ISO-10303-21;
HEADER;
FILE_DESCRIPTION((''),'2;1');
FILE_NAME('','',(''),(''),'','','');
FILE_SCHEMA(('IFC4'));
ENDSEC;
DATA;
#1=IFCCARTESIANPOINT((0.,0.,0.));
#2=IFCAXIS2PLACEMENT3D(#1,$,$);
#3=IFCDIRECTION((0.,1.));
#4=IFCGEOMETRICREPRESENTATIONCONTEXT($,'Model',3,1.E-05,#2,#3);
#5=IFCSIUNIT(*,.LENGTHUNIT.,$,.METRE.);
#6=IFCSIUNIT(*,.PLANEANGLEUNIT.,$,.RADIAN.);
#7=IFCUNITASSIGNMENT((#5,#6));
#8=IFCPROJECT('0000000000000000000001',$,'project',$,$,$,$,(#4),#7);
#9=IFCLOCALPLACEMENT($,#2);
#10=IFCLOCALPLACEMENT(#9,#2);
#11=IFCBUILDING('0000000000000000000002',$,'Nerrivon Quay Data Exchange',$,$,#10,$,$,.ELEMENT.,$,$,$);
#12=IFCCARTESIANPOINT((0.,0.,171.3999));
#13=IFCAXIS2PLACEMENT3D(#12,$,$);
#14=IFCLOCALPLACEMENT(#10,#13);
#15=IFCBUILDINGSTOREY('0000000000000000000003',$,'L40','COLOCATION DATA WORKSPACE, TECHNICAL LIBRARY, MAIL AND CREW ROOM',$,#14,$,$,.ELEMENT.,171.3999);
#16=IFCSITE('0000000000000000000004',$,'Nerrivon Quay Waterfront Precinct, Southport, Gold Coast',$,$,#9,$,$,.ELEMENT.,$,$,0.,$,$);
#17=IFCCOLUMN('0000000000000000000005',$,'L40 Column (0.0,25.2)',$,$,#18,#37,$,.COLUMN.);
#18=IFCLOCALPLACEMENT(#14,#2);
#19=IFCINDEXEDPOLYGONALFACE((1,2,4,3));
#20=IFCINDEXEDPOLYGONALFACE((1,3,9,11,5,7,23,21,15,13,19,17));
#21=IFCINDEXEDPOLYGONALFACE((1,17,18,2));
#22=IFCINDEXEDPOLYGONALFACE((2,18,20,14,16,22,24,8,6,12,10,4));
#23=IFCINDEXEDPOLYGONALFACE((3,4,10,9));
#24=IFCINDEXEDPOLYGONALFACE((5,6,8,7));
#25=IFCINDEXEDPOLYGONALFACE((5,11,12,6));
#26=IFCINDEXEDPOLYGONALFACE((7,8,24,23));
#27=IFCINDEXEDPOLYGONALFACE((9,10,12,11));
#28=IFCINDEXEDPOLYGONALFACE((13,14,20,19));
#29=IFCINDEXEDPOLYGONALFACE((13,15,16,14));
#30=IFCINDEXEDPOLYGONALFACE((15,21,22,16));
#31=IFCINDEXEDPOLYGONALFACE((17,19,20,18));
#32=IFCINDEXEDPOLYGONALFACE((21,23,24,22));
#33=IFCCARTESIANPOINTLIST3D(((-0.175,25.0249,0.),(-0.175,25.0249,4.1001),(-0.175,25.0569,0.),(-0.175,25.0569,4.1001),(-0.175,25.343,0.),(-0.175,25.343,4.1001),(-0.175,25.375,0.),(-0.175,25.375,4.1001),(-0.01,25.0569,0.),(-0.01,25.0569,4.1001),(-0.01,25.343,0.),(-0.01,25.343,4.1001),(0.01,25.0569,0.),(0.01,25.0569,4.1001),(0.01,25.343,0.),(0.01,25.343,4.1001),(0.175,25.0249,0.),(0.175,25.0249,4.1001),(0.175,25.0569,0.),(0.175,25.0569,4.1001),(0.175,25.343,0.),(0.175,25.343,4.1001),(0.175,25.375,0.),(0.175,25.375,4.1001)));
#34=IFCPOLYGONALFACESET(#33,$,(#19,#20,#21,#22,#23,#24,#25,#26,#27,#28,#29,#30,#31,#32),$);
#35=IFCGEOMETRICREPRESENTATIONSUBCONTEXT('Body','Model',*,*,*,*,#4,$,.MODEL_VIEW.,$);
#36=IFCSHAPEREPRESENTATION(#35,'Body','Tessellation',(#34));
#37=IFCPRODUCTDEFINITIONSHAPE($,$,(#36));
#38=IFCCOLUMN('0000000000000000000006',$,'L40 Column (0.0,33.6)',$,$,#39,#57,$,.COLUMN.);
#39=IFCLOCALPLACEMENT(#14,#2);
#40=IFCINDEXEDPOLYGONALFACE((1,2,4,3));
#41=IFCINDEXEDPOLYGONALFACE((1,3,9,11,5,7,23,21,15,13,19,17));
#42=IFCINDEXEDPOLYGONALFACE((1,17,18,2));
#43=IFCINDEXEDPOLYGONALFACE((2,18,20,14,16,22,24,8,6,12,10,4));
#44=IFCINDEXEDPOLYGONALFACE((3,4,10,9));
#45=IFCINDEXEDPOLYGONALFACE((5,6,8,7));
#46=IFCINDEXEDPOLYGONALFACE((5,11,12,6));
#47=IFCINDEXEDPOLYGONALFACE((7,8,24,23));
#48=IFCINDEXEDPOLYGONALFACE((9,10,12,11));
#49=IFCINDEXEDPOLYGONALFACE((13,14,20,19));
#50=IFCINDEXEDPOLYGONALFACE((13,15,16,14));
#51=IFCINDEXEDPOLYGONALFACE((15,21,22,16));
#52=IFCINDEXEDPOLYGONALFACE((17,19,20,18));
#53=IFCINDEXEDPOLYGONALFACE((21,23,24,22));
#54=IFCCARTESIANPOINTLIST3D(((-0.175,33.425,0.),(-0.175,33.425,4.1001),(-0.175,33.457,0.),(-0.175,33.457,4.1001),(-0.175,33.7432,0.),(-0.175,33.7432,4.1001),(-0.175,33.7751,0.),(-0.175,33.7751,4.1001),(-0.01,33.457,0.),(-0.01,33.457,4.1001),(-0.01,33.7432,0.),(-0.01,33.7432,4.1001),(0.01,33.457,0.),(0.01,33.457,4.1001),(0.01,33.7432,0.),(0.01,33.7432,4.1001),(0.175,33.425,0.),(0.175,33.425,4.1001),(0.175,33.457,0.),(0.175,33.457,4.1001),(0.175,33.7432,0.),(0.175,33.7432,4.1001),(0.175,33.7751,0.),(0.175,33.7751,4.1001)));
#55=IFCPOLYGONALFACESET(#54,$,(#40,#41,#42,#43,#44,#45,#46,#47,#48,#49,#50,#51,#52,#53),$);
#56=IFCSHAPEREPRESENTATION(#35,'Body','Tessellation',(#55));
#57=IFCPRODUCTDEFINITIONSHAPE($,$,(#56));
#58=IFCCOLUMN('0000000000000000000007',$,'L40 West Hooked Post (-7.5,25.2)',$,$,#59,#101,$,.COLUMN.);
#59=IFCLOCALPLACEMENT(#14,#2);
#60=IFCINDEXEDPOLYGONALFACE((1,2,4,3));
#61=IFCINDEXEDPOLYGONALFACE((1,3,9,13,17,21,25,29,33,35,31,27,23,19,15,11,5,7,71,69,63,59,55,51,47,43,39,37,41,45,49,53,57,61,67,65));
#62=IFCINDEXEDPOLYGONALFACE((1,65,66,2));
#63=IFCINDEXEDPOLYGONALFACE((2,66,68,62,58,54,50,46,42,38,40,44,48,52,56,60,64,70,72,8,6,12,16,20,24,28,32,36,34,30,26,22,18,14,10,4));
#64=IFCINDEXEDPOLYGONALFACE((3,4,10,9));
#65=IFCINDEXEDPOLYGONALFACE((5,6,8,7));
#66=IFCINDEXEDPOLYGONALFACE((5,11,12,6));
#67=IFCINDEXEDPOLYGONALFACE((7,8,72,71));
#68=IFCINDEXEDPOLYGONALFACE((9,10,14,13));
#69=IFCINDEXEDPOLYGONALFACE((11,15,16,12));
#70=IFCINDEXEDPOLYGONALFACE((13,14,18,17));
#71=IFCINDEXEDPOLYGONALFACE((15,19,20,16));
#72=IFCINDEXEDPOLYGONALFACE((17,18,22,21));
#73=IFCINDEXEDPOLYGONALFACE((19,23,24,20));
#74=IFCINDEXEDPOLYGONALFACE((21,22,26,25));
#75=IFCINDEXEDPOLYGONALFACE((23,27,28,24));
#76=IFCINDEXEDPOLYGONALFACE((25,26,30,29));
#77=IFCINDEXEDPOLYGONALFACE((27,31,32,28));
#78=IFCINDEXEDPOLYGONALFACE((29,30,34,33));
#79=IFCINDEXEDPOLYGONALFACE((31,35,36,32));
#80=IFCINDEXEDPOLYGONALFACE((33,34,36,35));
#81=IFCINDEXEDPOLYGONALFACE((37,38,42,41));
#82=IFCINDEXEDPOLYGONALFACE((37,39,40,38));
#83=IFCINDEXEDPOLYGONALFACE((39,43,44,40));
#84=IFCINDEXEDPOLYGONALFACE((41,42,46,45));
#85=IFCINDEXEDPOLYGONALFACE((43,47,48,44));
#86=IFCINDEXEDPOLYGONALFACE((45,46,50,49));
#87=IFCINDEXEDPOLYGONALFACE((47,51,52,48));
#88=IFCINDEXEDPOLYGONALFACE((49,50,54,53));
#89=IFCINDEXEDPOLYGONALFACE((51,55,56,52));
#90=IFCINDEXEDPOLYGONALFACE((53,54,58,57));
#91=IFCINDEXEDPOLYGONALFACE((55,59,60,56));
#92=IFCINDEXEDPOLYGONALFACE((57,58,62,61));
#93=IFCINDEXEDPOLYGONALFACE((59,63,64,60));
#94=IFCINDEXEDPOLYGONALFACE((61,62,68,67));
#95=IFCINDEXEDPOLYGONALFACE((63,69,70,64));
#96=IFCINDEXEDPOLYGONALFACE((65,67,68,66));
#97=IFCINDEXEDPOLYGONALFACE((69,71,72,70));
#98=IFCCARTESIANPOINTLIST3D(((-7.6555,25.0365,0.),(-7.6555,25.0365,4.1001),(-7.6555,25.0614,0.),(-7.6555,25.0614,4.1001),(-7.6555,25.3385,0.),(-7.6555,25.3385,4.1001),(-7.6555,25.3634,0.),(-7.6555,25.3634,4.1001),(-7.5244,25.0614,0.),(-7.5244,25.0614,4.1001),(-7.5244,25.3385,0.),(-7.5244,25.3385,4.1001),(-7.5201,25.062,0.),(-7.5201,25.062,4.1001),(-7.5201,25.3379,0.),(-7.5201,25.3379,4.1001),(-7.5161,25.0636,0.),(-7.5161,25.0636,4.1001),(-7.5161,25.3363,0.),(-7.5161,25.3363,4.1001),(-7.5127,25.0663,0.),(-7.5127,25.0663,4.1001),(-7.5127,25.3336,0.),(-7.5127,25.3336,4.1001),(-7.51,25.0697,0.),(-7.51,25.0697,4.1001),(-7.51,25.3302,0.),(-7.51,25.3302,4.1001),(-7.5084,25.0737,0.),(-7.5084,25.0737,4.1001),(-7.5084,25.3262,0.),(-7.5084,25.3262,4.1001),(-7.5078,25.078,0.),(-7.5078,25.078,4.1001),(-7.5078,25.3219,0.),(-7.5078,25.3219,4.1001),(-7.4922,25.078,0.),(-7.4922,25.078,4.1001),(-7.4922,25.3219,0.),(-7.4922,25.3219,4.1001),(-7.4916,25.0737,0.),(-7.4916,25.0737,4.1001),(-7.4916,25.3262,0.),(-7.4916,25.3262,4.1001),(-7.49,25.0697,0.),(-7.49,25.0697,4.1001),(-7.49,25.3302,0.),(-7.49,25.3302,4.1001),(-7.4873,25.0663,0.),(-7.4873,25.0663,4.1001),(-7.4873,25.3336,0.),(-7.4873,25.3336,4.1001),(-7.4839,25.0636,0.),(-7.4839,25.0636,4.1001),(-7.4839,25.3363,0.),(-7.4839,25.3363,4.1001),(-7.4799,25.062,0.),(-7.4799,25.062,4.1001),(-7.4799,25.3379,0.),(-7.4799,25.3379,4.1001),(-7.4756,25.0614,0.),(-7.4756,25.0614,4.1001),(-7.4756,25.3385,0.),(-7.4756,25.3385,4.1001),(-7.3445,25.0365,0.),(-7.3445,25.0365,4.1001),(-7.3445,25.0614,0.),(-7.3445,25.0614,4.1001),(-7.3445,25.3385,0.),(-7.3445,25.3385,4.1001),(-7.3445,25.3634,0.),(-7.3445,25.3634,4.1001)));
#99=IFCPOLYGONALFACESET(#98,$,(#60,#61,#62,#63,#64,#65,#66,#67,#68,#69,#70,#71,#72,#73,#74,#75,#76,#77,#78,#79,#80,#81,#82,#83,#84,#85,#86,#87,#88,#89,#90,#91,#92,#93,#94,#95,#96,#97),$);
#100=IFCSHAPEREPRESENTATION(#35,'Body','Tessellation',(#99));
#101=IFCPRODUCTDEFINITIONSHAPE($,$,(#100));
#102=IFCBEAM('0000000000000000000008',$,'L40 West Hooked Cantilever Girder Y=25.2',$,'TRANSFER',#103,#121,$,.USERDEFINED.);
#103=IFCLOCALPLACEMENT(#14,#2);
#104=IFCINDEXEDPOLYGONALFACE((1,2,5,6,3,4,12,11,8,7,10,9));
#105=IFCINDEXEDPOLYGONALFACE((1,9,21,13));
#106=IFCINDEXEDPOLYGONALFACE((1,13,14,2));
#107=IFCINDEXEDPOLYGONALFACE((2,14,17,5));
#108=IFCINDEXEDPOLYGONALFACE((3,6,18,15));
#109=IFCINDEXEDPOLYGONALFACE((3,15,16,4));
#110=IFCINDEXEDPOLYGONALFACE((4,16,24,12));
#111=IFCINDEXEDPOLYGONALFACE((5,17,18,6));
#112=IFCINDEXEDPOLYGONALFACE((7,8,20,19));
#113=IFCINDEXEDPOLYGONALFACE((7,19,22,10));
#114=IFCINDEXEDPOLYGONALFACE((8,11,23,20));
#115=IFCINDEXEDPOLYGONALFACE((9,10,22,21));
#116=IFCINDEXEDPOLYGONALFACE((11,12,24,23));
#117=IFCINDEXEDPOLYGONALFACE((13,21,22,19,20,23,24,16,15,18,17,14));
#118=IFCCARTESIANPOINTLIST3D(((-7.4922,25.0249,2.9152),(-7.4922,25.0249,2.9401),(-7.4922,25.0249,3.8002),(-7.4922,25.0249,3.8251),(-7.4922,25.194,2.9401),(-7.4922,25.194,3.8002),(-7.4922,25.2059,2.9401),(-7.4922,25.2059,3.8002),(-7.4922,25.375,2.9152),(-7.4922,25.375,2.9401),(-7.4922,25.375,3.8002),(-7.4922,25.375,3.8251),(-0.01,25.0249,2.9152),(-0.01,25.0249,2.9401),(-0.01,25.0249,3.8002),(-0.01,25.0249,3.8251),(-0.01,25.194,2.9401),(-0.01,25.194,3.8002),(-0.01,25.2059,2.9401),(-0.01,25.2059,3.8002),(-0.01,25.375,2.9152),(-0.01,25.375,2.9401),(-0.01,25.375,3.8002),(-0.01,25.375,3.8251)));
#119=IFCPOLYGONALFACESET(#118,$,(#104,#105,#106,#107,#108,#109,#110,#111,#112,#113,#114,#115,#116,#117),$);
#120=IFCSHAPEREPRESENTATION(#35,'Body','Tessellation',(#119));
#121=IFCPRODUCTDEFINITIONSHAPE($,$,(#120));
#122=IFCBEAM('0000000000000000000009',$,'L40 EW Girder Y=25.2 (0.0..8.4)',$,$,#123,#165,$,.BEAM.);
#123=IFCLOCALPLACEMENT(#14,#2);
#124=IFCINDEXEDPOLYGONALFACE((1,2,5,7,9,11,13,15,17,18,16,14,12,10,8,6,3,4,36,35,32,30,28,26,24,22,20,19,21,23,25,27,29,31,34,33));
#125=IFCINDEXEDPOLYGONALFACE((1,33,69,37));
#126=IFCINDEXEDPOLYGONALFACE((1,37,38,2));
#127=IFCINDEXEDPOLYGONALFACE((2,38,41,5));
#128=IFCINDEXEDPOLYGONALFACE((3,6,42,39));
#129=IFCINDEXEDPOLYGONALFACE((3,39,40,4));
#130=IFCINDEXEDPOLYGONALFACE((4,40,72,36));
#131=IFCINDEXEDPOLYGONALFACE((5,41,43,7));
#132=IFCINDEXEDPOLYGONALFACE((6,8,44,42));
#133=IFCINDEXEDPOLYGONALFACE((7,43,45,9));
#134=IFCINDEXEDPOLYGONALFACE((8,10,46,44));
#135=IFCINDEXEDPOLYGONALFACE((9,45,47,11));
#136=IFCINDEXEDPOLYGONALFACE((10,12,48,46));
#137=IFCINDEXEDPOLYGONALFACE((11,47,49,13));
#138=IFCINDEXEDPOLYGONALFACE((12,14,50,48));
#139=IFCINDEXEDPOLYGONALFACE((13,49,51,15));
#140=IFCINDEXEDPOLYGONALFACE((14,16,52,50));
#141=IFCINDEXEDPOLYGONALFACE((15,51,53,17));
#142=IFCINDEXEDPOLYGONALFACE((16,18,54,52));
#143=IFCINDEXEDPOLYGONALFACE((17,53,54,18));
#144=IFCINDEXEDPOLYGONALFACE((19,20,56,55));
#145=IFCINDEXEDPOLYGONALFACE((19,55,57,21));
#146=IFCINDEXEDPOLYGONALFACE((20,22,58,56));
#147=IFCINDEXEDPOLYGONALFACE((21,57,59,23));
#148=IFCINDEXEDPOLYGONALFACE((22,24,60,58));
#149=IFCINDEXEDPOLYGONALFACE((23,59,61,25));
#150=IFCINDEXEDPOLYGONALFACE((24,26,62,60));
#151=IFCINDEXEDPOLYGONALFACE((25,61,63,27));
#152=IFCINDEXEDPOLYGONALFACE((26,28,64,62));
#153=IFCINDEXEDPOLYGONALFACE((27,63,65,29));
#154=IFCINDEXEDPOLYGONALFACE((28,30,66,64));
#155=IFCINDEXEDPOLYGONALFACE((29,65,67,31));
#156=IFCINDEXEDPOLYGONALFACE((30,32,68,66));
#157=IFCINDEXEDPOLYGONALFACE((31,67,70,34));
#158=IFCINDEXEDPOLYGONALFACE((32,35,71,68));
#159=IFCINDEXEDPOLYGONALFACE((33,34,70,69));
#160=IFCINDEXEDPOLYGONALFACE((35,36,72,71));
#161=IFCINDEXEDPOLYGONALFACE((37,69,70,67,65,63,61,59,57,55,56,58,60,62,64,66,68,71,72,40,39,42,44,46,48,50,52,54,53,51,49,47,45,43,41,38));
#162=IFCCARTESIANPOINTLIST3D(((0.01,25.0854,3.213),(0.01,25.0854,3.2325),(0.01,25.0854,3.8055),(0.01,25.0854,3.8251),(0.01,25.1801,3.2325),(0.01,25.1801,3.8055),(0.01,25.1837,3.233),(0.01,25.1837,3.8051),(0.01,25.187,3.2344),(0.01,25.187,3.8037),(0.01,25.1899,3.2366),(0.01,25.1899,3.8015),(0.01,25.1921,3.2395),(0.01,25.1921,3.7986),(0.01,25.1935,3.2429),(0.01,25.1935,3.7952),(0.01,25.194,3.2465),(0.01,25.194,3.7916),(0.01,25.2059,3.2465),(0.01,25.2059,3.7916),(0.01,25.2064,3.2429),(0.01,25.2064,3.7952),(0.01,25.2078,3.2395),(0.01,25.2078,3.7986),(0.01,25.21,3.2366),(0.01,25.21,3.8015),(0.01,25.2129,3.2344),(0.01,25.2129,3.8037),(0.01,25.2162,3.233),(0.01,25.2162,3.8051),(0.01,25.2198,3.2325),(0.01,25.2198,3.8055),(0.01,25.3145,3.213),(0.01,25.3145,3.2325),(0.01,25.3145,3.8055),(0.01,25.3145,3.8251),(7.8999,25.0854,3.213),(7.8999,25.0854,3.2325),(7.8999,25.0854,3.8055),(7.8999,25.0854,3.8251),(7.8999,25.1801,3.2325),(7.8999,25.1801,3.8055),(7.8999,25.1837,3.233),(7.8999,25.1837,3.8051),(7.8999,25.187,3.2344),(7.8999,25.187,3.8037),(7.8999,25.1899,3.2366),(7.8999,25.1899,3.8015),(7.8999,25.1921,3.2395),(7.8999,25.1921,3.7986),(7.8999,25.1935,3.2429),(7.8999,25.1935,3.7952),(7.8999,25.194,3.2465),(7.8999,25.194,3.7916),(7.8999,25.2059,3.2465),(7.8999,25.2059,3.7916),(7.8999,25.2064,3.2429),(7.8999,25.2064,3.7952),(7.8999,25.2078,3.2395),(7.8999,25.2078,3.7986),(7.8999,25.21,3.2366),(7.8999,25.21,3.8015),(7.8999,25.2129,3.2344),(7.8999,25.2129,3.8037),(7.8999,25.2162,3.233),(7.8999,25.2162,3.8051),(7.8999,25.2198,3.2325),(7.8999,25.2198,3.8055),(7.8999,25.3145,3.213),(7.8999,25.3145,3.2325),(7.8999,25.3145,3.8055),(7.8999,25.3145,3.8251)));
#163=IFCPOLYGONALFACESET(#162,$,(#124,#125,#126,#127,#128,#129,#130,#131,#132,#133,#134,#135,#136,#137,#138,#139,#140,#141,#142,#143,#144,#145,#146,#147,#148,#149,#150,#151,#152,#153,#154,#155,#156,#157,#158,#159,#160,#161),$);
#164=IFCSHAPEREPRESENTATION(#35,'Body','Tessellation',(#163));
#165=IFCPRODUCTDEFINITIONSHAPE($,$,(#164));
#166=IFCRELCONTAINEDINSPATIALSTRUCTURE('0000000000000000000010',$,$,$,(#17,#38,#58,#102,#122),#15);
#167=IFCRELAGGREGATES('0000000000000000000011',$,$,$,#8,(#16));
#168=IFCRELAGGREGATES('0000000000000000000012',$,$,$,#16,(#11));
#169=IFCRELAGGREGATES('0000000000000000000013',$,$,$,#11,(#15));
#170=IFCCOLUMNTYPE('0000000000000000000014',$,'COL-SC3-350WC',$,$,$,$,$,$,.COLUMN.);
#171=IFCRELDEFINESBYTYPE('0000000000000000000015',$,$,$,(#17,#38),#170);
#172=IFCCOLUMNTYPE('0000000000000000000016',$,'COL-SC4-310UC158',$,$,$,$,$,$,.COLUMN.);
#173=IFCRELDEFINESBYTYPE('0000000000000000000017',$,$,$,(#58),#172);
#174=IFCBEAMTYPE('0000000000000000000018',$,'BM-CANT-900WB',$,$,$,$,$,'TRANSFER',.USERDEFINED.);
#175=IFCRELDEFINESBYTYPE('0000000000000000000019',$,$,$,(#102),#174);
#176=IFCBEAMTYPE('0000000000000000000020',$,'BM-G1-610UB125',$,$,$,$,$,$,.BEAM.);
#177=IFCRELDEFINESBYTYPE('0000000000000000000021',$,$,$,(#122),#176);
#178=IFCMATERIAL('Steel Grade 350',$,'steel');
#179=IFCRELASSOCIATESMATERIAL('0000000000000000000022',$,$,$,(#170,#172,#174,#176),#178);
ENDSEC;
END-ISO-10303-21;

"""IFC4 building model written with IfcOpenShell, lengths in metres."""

from ifc_helpers import new_model, si_unit, direction, frame, origin, origin_2d, place, context, subcontext, project, spatial, i_section, extrude, material, material_profile, profile_set, type_object, element, save


model = new_model("IFC4")

# Units and contexts
model_context = context("Model", 3, precision=1e-05, world=origin(), true_north=direction((0.0, 1.0)))
body_context = subcontext(model_context, "Body", "Model", "MODEL_VIEW")
ifc_project = project(units=[si_unit("LENGTHUNIT", "METRE"), si_unit("PLANEANGLEUNIT", "RADIAN")], contexts=[model_context])

# Site, building, storey
site_placement = place(None, origin())
site = spatial("IfcSite", under=ifc_project, at=site_placement, Name="Nerrivon Quay Waterfront Precinct, Southport, Gold Coast", CompositionType="ELEMENT", RefElevation=0.0)
building_placement = place(site_placement, origin())
building = spatial("IfcBuilding", under=site, at=building_placement, Name="Nerrivon Quay Data Exchange", CompositionType="ELEMENT")
storey_placement = place(building_placement, frame((0.0, 0.0, 171.3999)))
storey = spatial("IfcBuildingStorey", under=building, at=storey_placement, Name="L40", Description="COLOCATION DATA WORKSPACE, TECHNICAL LIBRARY, MAIL AND CREW ROOM", CompositionType="ELEMENT", Elevation=171.3999)

# Columns
ifc_material_1 = material(Name="Steel Grade 350", Category="steel")
ifc_material_profile_1 = material_profile(ifc_material_1, i_section(OverallWidth=0.3501, OverallDepth=0.3501, WebThickness=0.02, FlangeThickness=0.032, at=origin_2d()), Name="350WC230")
ifc_profile_set_1 = profile_set([ifc_material_profile_1], Name="Steel Grade 350")
column_type_1 = type_object("IfcColumnType", Name="COL-SC3-350WC", PredefinedType="COLUMN", material=ifc_profile_set_1)
for number, where, z_axis, x_axis, name in (
    (1, (0.0, 25.2, 0.0), (0.0, 0.0, 1.0), (1.0, 0.0, 0.0), "L40 Column (0.0,25.2)"),
    (2, (0.0, 33.6001, 0.0), (0.0, 0.0, 1.0), (1.0, 0.0, 0.0), "L40 Column (0.0,33.6)"),
):
    element("IfcColumn", number, at=place(storey_placement, frame(where, z_axis=z_axis, x_axis=x_axis)), inside=storey, type_object=column_type_1, Name=name, PredefinedType="COLUMN", context=body_context, shape_type="SweptSolid", body=[
        extrude(i_section(OverallWidth=0.3501, OverallDepth=0.3501, WebThickness=0.02, FlangeThickness=0.032, at=origin_2d()), origin(), (0.0, 0.0, 1.0), 4.1001),
    ])
ifc_material_profile_2 = material_profile(ifc_material_1, i_section(OverallWidth=0.311, OverallDepth=0.3269, WebThickness=0.0156, FlangeThickness=0.0249, FilletRadius=0.0166, at=origin_2d()), Name="310UC158")
ifc_profile_set_2 = profile_set([ifc_material_profile_2], Name="Steel Grade 350")
column_type_2 = type_object("IfcColumnType", Name="COL-SC4-310UC158", PredefinedType="COLUMN", material=ifc_profile_set_2)
column_placement = place(storey_placement, frame((-7.5, 25.2, 0.0), z_axis=(0.0, 0.0, 1.0), x_axis=(1.0, 0.0, 0.0)))
element("IfcColumn", 3, at=column_placement, inside=storey, type_object=column_type_2, Name="L40 West Hooked Post (-7.5,25.2)", PredefinedType="COLUMN", context=body_context, shape_type="SweptSolid", body=[
    extrude(i_section(OverallWidth=0.311, OverallDepth=0.3269, WebThickness=0.0156, FlangeThickness=0.0249, FilletRadius=0.0166, at=origin_2d()), origin(), (0.0, 0.0, 1.0), 4.1001),
])

# Beams
ifc_material_profile_3 = material_profile(ifc_material_1, i_section(OverallWidth=0.3501, OverallDepth=0.9099, WebThickness=0.012, FlangeThickness=0.0249, at=origin_2d()), Name="900WB218")
ifc_profile_set_3 = profile_set([ifc_material_profile_3], Name="Steel Grade 350")
beam_type_1 = type_object("IfcBeamType", Name="BM-CANT-900WB", ElementType="TRANSFER", PredefinedType="USERDEFINED", material=ifc_profile_set_3)
beam_1_placement = place(storey_placement, frame((-0.01, 25.2, 3.3701), z_axis=(-1.0, 0.0, 0.0), x_axis=(0.0, -1.0, 0.0)))
element("IfcBeam", 4, at=beam_1_placement, inside=storey, type_object=beam_type_1, Name="L40 West Hooked Cantilever Girder Y=25.2", ObjectType="TRANSFER", PredefinedType="USERDEFINED", context=body_context, shape_type="SweptSolid", body=[
    extrude(i_section(OverallWidth=0.3501, OverallDepth=0.9099, WebThickness=0.012, FlangeThickness=0.0249, at=origin_2d()), origin(), (0.0, 0.0, 1.0), 7.4822),
])
ifc_material_profile_4 = material_profile(ifc_material_1, i_section(OverallWidth=0.229, OverallDepth=0.6121, WebThickness=0.012, FlangeThickness=0.0195, FilletRadius=0.0139, at=origin_2d()), Name="610UB125")
ifc_profile_set_4 = profile_set([ifc_material_profile_4], Name="Steel Grade 350")
beam_type_2 = type_object("IfcBeamType", Name="BM-G1-610UB125", PredefinedType="BEAM", material=ifc_profile_set_4)
beam_2_placement = place(storey_placement, frame((0.01, 25.2, 3.519), z_axis=(1.0, 0.0, 0.0), x_axis=(0.0, 1.0, 0.0)))
element("IfcBeam", 5, at=beam_2_placement, inside=storey, type_object=beam_type_2, Name="L40 EW Girder Y=25.2 (0.0..8.4)", PredefinedType="BEAM", context=body_context, shape_type="SweptSolid", body=[
    extrude(i_section(OverallWidth=0.229, OverallDepth=0.6121, WebThickness=0.012, FlangeThickness=0.0195, FilletRadius=0.0139, at=origin_2d()), origin(), (0.0, 0.0, 1.0), 7.8899),
])

save(model, "model.ifc")
